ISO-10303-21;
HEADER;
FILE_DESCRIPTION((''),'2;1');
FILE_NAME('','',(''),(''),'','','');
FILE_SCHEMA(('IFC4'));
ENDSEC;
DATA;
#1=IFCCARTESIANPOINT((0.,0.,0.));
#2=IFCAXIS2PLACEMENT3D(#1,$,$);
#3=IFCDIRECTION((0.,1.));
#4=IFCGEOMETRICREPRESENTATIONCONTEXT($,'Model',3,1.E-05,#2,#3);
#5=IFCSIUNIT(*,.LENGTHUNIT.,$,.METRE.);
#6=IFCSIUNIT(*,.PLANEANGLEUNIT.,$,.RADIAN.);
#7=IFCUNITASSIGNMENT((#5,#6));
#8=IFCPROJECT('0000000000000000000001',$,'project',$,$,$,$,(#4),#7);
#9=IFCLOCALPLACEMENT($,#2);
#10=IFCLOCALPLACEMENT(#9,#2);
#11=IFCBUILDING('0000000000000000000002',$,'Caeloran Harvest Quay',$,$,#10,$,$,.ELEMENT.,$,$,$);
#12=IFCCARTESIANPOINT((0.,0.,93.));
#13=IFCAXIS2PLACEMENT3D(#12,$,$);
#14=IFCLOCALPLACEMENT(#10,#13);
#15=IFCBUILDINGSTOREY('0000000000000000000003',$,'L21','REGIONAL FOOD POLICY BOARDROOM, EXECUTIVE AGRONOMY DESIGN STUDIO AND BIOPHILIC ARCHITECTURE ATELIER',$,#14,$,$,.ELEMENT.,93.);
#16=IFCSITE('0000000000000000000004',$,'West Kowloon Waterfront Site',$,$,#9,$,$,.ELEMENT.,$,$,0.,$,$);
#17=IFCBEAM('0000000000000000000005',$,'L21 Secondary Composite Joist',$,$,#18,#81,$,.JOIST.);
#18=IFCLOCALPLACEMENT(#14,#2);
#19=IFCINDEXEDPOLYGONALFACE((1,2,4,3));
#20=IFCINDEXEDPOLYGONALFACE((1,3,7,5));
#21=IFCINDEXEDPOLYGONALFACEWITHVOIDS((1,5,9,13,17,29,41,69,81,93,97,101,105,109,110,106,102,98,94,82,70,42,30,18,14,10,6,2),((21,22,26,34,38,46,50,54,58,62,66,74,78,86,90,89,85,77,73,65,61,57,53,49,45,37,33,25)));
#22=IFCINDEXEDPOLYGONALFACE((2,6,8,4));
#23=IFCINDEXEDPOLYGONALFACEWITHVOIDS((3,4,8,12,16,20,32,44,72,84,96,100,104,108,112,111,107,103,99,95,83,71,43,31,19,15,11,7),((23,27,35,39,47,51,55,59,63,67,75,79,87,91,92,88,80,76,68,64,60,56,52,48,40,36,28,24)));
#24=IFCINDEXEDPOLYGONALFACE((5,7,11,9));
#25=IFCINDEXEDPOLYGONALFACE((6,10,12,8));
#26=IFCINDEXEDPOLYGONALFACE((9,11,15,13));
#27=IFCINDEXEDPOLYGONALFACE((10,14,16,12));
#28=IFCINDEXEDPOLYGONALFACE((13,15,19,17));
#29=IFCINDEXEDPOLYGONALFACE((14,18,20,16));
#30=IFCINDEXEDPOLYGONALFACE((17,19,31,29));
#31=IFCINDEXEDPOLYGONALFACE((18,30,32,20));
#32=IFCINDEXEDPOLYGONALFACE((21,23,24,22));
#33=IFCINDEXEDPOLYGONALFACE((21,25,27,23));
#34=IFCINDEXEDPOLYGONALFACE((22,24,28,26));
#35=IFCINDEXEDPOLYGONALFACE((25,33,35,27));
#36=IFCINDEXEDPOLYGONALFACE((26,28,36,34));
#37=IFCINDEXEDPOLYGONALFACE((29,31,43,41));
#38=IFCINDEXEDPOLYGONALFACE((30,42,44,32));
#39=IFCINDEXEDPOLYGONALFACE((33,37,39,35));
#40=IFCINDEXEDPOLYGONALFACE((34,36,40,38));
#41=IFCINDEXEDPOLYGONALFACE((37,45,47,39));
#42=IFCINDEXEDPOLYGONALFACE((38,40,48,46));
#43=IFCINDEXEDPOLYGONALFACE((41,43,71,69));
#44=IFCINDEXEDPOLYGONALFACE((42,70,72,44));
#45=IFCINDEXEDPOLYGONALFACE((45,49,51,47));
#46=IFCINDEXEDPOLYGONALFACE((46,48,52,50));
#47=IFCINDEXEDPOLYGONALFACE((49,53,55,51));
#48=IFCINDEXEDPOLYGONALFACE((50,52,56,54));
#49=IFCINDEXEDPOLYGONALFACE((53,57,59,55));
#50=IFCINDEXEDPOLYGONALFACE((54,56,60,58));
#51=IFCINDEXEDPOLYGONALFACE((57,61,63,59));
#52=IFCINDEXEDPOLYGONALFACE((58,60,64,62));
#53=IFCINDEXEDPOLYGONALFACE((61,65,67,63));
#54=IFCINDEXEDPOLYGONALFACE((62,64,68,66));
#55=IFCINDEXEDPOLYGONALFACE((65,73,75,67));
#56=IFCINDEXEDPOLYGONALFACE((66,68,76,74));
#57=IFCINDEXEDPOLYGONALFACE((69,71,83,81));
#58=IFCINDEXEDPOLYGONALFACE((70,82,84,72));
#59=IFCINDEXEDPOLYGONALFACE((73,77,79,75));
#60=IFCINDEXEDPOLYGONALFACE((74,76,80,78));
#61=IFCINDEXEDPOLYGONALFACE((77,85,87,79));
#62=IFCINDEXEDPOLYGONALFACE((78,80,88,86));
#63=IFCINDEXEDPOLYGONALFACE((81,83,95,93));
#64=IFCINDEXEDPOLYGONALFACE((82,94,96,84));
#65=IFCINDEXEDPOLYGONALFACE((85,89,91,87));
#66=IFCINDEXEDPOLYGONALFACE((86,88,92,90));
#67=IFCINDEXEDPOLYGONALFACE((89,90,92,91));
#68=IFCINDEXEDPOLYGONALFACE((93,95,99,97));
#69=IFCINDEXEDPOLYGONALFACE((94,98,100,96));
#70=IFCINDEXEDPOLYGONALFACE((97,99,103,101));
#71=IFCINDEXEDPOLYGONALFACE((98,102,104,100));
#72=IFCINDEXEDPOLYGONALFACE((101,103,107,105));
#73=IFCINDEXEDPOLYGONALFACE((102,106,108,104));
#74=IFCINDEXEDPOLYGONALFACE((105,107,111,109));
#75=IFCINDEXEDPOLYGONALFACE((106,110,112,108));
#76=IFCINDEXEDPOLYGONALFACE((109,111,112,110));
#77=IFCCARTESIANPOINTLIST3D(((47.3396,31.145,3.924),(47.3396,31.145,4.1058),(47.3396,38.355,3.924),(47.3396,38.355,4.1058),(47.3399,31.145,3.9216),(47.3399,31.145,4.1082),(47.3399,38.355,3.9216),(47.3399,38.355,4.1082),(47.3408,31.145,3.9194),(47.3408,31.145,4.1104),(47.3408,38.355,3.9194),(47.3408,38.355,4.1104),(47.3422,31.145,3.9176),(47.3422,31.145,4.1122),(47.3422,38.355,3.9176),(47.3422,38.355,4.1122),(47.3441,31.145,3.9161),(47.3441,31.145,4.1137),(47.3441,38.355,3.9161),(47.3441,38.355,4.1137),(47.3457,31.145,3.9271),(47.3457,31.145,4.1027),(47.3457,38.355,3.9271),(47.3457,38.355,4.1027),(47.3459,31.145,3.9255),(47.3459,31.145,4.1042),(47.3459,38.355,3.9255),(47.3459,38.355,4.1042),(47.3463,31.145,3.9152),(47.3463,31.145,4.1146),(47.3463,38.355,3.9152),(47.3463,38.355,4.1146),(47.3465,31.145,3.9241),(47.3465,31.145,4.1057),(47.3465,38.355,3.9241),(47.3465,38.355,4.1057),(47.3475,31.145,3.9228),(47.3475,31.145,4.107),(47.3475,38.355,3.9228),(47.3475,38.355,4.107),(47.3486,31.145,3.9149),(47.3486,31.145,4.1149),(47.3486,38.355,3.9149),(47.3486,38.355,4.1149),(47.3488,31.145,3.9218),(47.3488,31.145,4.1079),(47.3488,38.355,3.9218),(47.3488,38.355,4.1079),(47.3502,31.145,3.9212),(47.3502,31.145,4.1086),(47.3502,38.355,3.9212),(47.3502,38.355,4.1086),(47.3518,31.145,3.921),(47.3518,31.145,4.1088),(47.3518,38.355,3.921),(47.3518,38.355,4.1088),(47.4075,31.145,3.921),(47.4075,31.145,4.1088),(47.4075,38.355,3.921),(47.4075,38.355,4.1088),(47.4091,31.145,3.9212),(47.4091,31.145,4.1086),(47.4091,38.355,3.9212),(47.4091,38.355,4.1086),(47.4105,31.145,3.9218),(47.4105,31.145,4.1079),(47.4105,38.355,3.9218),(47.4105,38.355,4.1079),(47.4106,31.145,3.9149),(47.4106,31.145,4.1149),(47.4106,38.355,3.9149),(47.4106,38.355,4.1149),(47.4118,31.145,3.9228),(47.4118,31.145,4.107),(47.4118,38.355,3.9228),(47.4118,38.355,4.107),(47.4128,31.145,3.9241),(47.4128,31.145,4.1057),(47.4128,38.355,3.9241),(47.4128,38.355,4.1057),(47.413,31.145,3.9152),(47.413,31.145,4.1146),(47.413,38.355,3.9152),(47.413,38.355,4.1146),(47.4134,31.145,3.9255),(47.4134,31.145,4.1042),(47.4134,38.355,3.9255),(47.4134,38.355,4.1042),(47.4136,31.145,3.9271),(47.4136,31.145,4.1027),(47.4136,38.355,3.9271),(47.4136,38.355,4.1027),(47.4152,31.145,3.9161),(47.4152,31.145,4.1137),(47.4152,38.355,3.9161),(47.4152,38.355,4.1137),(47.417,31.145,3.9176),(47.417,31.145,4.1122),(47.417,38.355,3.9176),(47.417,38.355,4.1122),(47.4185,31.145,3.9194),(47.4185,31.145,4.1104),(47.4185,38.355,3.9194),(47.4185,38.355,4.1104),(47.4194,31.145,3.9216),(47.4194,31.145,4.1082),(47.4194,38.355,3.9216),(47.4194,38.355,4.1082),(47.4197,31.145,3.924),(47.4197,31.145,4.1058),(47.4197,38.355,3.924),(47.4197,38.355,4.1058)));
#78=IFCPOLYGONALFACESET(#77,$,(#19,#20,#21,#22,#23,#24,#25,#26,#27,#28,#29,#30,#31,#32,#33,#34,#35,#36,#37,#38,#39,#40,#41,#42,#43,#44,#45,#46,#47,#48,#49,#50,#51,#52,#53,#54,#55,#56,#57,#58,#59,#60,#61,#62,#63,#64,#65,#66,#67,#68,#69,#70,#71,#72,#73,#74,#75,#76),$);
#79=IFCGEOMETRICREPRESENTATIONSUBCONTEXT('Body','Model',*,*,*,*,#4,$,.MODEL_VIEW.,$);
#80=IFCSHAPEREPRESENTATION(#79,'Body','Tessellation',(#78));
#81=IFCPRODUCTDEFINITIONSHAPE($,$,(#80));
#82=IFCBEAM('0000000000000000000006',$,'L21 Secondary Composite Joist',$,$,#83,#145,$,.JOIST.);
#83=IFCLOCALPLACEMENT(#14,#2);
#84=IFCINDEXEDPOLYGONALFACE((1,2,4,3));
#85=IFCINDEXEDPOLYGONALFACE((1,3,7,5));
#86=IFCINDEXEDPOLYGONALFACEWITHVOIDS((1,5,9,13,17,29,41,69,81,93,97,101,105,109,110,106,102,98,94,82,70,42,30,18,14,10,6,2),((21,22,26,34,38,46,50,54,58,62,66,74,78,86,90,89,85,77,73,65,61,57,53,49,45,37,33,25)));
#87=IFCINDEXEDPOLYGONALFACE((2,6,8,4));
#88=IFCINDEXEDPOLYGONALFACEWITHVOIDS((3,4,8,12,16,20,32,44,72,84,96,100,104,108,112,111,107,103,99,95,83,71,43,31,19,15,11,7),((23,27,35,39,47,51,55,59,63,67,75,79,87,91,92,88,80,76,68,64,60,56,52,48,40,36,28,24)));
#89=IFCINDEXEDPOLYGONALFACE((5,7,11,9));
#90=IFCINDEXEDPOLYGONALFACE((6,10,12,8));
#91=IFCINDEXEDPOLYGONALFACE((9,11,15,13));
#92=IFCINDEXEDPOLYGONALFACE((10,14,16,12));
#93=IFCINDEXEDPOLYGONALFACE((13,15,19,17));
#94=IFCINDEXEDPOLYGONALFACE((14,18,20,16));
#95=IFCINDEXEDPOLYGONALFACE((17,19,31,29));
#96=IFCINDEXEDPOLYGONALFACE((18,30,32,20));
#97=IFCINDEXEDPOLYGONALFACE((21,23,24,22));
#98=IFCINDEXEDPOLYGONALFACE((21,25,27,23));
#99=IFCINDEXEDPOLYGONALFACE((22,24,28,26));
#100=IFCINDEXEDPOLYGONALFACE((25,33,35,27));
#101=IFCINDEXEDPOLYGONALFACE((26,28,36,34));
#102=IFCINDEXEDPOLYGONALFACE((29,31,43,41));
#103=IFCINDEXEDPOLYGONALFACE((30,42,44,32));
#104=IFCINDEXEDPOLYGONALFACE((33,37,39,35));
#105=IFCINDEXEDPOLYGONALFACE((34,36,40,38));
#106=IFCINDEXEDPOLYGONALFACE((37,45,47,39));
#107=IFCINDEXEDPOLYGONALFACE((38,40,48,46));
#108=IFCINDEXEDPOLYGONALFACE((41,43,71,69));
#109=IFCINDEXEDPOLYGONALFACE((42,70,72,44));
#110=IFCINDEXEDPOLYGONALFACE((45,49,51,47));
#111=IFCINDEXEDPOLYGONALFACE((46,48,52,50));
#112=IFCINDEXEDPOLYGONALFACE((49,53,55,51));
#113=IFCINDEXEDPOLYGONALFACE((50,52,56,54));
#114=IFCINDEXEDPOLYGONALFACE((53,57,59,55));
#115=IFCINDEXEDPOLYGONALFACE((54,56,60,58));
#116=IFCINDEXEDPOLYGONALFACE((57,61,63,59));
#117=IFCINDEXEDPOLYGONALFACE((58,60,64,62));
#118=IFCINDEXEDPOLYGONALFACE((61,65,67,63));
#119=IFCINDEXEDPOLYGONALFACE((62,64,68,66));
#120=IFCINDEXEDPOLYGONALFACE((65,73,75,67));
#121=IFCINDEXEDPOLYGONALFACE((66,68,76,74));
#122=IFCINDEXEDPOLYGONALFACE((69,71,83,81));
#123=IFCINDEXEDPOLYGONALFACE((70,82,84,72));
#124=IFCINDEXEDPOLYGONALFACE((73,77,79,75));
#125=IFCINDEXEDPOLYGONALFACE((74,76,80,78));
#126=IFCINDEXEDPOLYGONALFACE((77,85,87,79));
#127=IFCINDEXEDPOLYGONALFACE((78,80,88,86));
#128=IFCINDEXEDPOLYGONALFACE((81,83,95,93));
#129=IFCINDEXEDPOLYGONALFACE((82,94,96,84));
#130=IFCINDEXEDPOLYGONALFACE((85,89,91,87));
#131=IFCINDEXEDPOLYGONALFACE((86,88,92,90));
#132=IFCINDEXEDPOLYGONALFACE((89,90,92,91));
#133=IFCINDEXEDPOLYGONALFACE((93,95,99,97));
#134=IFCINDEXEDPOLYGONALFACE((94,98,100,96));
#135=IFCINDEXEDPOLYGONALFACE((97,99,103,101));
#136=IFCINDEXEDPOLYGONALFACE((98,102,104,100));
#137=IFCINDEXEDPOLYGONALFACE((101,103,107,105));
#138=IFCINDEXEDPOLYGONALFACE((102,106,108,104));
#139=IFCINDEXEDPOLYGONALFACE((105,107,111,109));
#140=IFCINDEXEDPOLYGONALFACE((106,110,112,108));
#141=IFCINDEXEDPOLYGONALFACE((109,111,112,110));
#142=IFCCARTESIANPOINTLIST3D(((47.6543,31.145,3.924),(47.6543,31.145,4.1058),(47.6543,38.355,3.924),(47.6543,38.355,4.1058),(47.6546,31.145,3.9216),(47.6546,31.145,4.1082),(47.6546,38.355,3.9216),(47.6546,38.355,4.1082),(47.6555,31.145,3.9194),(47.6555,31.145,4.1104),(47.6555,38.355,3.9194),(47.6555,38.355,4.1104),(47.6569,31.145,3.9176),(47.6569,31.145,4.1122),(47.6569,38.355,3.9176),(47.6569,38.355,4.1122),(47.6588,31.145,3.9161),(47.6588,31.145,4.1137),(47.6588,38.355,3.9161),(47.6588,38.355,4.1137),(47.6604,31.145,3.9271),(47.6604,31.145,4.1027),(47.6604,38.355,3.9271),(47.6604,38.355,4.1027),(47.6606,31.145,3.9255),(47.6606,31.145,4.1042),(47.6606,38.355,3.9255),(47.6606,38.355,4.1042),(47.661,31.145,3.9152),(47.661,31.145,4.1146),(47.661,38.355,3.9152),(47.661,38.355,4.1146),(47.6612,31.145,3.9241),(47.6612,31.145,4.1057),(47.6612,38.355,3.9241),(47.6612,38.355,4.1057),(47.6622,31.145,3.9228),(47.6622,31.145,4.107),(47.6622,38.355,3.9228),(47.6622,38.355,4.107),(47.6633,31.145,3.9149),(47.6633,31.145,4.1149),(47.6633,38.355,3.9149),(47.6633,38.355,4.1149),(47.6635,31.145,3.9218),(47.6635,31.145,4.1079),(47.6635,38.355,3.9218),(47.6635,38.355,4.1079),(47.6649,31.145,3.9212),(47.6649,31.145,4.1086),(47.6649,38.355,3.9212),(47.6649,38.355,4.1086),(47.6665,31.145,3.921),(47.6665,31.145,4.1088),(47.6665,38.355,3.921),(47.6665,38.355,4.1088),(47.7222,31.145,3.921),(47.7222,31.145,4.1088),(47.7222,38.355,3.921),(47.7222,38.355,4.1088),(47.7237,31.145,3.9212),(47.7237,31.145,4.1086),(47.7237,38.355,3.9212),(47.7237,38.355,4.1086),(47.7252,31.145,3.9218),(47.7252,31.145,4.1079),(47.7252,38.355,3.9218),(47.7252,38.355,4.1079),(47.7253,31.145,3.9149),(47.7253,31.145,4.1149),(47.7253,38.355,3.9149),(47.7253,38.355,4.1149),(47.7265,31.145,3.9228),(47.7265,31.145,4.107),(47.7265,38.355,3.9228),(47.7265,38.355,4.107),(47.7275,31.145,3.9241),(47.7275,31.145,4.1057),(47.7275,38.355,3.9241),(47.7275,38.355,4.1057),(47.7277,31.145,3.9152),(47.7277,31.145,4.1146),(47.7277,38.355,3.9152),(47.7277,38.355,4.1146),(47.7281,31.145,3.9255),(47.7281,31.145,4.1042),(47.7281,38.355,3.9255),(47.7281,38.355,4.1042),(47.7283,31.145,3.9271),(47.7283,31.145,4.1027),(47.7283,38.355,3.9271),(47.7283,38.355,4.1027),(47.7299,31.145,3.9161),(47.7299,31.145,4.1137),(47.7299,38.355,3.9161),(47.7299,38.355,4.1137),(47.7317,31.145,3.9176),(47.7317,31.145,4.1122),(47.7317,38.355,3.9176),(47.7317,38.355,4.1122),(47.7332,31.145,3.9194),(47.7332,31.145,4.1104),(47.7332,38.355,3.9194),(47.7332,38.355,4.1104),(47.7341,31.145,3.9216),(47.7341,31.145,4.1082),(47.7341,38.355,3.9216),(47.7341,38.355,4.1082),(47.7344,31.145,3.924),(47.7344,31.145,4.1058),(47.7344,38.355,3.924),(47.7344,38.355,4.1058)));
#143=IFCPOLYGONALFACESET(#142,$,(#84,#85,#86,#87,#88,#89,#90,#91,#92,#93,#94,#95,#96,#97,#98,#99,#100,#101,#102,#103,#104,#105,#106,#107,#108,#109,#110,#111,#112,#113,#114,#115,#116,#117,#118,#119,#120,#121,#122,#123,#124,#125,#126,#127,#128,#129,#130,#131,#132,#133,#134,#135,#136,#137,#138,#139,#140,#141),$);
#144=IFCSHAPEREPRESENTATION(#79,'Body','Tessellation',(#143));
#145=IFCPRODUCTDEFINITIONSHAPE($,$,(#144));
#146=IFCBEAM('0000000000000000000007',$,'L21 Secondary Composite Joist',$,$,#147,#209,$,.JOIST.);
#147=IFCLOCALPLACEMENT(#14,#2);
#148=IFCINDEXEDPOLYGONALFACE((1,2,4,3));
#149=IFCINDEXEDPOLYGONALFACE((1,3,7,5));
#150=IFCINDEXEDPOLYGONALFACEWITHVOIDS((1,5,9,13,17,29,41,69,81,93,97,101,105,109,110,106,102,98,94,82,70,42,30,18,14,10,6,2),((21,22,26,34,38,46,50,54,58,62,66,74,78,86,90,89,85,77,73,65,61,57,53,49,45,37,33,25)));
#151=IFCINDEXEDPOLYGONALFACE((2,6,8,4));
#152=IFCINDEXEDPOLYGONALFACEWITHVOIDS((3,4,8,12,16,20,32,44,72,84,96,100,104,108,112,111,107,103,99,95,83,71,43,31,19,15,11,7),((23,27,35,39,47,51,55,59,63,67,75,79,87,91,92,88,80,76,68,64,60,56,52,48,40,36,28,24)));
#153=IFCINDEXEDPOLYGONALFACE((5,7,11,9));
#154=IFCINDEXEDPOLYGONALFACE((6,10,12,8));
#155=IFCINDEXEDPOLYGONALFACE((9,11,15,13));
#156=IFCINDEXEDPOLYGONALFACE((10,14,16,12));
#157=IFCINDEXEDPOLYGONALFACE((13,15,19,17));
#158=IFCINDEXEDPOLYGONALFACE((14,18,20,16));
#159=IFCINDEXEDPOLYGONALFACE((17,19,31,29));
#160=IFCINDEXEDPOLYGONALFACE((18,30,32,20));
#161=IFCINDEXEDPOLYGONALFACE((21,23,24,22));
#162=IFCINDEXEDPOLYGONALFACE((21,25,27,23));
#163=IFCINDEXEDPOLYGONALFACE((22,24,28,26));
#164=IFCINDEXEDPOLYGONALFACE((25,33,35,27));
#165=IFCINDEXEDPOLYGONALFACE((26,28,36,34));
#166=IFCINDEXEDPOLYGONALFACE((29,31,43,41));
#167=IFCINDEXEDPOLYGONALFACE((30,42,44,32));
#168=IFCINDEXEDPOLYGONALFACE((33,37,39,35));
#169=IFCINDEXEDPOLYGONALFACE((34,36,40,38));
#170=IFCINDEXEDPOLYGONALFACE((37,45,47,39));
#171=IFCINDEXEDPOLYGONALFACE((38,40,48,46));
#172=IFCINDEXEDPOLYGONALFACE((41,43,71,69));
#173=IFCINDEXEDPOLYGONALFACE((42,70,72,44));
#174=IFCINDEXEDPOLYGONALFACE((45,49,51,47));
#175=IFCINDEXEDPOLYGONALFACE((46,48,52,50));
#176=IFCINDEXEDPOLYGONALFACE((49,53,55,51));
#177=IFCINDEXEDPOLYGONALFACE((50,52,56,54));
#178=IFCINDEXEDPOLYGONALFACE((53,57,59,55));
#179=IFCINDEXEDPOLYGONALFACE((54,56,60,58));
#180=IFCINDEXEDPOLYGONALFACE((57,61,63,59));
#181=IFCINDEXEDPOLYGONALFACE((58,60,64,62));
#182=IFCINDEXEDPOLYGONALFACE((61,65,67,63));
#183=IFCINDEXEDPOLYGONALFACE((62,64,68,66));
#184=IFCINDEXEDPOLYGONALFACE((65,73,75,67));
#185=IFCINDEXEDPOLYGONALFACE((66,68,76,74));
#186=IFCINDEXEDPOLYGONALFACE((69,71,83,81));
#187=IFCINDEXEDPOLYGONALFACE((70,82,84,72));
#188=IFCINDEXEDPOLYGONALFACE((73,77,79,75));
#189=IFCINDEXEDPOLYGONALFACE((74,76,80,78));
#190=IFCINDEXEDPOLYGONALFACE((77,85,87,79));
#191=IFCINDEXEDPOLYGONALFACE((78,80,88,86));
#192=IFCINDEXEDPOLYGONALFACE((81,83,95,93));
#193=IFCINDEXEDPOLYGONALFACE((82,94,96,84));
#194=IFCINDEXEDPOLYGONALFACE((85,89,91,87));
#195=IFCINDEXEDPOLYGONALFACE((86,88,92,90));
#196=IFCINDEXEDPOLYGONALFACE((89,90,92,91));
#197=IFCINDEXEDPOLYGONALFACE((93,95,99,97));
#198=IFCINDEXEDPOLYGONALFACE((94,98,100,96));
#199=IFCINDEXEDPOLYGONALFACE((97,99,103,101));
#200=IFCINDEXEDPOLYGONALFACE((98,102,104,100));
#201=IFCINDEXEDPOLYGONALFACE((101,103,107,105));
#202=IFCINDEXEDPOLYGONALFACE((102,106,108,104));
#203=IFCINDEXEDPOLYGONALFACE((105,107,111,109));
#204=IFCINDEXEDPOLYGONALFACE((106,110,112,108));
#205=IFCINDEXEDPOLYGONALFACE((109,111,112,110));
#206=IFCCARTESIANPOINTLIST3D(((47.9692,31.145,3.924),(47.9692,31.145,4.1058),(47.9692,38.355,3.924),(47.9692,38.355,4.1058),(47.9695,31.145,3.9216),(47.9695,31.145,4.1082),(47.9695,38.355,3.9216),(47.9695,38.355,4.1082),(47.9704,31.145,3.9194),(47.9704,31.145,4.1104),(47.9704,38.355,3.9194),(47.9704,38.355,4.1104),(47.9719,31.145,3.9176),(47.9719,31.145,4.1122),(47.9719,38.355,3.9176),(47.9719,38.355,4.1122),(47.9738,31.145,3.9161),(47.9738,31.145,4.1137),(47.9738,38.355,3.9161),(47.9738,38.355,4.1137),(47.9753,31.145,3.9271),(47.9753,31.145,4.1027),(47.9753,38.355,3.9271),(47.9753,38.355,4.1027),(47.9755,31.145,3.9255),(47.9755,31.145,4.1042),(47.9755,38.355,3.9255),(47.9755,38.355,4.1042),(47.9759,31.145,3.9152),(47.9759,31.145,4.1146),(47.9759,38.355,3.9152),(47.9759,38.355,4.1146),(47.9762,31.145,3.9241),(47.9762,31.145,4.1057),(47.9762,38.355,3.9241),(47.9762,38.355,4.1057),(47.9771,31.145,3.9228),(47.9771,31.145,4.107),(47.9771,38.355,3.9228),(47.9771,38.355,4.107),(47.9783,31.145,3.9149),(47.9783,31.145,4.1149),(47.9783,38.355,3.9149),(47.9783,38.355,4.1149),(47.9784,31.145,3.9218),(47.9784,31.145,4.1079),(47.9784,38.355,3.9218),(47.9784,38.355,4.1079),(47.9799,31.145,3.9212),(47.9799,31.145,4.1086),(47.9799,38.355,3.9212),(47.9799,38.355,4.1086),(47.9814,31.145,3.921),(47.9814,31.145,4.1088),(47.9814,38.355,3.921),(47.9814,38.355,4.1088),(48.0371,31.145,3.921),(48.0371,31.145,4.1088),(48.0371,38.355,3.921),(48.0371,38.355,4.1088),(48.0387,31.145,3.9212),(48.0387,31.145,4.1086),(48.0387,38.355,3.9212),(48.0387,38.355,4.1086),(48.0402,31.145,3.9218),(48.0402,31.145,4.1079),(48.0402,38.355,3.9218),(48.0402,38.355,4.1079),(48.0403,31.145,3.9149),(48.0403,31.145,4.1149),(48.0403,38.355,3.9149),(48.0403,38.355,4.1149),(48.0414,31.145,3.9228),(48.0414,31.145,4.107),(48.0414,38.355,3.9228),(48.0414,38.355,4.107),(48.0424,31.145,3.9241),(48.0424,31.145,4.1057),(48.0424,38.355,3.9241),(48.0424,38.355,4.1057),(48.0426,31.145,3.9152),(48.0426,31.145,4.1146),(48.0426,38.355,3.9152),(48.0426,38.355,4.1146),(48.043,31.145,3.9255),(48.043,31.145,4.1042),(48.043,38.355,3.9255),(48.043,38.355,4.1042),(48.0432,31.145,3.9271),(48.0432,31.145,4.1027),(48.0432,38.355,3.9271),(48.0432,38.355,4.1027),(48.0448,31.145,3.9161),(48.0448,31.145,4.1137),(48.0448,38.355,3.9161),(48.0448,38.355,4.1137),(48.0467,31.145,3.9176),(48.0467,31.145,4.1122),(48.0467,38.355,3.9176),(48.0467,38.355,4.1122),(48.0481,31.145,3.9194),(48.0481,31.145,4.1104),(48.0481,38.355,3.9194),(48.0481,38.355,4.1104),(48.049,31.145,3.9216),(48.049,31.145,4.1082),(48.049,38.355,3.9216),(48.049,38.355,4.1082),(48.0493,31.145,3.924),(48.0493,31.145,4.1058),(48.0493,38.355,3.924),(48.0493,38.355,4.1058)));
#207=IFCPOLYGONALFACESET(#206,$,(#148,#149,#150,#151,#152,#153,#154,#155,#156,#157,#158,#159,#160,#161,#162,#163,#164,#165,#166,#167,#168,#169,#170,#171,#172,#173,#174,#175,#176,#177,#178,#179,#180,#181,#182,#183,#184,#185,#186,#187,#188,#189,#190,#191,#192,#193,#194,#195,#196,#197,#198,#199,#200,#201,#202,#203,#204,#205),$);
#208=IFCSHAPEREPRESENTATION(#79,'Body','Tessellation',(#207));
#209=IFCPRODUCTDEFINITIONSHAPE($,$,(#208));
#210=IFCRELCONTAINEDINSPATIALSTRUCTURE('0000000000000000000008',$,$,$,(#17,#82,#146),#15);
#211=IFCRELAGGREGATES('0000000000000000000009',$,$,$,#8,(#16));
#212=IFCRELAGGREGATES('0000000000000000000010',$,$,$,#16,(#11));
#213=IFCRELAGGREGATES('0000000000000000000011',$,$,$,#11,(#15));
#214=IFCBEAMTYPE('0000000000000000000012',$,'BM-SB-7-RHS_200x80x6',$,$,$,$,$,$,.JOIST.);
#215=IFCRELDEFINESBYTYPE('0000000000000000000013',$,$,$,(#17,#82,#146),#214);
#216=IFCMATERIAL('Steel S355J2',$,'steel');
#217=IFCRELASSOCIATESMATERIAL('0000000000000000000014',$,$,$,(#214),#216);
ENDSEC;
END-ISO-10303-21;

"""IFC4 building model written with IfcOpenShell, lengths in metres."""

from ifc_helpers import new_model, si_unit, direction, frame, origin, origin_2d, place, context, subcontext, project, spatial, hollow_rectangle, extrude, material, material_profile, profile_set, type_object, element, save


model = new_model("IFC4")

# Units and contexts
model_context = context("Model", 3, precision=1e-05, world=origin(), true_north=direction((0.0, 1.0)))
body_context = subcontext(model_context, "Body", "Model", "MODEL_VIEW")
ifc_project = project(units=[si_unit("LENGTHUNIT", "METRE"), si_unit("PLANEANGLEUNIT", "RADIAN")], contexts=[model_context])

# Site, building, storey
site_placement = place(None, origin())
site = spatial("IfcSite", under=ifc_project, at=site_placement, Name="West Kowloon Waterfront Site", CompositionType="ELEMENT", RefElevation=0.0)
building_placement = place(site_placement, origin())
building = spatial("IfcBuilding", under=site, at=building_placement, Name="Caeloran Harvest Quay", CompositionType="ELEMENT")
storey_placement = place(building_placement, frame((0.0, 0.0, 93.0)))
storey = spatial("IfcBuildingStorey", under=building, at=storey_placement, Name="L21", Description="REGIONAL FOOD POLICY BOARDROOM, EXECUTIVE AGRONOMY DESIGN STUDIO AND BIOPHILIC ARCHITECTURE ATELIER", CompositionType="ELEMENT", Elevation=93.0)

# Beams
ifc_material_1 = material(Name="Steel S355J2", Category="steel")
ifc_material_profile_1 = material_profile(ifc_material_1, hollow_rectangle(XDim=0.0801, YDim=0.2, WallThickness=0.0061, InnerFilletRadius=0.0061, OuterFilletRadius=0.009, at=origin_2d()), Name="RHS 200x80x6")
ifc_profile_set_1 = profile_set([ifc_material_profile_1], Name="Steel S355J2")
beam_type_1 = type_object("IfcBeamType", Name="BM-SB-7-RHS_200x80x6", PredefinedType="JOIST", material=ifc_profile_set_1)
for number, where, z_axis, x_axis, name in (
    (1, (47.3796, 31.145, 4.0149), (0.0, 1.0, 0.0), (-1.0, 0.0, 0.0), "L21 Secondary Composite Joist"),
    (2, (47.6943, 31.145, 4.0149), (0.0, 1.0, 0.0), (-1.0, 0.0, 0.0), "L21 Secondary Composite Joist"),
    (3, (48.0093, 31.145, 4.0149), (0.0, 1.0, 0.0), (-1.0, 0.0, 0.0), "L21 Secondary Composite Joist"),
):
    element("IfcBeam", number, at=place(storey_placement, frame(where, z_axis=z_axis, x_axis=x_axis)), inside=storey, type_object=beam_type_1, Name=name, PredefinedType="JOIST", context=body_context, shape_type="SweptSolid", body=[
        extrude(hollow_rectangle(XDim=0.0801, YDim=0.2, WallThickness=0.0061, InnerFilletRadius=0.0061, OuterFilletRadius=0.009, at=origin_2d()), origin(), (0.0, 0.0, 1.0), 7.21),
    ])

save(model, "model.ifc")
